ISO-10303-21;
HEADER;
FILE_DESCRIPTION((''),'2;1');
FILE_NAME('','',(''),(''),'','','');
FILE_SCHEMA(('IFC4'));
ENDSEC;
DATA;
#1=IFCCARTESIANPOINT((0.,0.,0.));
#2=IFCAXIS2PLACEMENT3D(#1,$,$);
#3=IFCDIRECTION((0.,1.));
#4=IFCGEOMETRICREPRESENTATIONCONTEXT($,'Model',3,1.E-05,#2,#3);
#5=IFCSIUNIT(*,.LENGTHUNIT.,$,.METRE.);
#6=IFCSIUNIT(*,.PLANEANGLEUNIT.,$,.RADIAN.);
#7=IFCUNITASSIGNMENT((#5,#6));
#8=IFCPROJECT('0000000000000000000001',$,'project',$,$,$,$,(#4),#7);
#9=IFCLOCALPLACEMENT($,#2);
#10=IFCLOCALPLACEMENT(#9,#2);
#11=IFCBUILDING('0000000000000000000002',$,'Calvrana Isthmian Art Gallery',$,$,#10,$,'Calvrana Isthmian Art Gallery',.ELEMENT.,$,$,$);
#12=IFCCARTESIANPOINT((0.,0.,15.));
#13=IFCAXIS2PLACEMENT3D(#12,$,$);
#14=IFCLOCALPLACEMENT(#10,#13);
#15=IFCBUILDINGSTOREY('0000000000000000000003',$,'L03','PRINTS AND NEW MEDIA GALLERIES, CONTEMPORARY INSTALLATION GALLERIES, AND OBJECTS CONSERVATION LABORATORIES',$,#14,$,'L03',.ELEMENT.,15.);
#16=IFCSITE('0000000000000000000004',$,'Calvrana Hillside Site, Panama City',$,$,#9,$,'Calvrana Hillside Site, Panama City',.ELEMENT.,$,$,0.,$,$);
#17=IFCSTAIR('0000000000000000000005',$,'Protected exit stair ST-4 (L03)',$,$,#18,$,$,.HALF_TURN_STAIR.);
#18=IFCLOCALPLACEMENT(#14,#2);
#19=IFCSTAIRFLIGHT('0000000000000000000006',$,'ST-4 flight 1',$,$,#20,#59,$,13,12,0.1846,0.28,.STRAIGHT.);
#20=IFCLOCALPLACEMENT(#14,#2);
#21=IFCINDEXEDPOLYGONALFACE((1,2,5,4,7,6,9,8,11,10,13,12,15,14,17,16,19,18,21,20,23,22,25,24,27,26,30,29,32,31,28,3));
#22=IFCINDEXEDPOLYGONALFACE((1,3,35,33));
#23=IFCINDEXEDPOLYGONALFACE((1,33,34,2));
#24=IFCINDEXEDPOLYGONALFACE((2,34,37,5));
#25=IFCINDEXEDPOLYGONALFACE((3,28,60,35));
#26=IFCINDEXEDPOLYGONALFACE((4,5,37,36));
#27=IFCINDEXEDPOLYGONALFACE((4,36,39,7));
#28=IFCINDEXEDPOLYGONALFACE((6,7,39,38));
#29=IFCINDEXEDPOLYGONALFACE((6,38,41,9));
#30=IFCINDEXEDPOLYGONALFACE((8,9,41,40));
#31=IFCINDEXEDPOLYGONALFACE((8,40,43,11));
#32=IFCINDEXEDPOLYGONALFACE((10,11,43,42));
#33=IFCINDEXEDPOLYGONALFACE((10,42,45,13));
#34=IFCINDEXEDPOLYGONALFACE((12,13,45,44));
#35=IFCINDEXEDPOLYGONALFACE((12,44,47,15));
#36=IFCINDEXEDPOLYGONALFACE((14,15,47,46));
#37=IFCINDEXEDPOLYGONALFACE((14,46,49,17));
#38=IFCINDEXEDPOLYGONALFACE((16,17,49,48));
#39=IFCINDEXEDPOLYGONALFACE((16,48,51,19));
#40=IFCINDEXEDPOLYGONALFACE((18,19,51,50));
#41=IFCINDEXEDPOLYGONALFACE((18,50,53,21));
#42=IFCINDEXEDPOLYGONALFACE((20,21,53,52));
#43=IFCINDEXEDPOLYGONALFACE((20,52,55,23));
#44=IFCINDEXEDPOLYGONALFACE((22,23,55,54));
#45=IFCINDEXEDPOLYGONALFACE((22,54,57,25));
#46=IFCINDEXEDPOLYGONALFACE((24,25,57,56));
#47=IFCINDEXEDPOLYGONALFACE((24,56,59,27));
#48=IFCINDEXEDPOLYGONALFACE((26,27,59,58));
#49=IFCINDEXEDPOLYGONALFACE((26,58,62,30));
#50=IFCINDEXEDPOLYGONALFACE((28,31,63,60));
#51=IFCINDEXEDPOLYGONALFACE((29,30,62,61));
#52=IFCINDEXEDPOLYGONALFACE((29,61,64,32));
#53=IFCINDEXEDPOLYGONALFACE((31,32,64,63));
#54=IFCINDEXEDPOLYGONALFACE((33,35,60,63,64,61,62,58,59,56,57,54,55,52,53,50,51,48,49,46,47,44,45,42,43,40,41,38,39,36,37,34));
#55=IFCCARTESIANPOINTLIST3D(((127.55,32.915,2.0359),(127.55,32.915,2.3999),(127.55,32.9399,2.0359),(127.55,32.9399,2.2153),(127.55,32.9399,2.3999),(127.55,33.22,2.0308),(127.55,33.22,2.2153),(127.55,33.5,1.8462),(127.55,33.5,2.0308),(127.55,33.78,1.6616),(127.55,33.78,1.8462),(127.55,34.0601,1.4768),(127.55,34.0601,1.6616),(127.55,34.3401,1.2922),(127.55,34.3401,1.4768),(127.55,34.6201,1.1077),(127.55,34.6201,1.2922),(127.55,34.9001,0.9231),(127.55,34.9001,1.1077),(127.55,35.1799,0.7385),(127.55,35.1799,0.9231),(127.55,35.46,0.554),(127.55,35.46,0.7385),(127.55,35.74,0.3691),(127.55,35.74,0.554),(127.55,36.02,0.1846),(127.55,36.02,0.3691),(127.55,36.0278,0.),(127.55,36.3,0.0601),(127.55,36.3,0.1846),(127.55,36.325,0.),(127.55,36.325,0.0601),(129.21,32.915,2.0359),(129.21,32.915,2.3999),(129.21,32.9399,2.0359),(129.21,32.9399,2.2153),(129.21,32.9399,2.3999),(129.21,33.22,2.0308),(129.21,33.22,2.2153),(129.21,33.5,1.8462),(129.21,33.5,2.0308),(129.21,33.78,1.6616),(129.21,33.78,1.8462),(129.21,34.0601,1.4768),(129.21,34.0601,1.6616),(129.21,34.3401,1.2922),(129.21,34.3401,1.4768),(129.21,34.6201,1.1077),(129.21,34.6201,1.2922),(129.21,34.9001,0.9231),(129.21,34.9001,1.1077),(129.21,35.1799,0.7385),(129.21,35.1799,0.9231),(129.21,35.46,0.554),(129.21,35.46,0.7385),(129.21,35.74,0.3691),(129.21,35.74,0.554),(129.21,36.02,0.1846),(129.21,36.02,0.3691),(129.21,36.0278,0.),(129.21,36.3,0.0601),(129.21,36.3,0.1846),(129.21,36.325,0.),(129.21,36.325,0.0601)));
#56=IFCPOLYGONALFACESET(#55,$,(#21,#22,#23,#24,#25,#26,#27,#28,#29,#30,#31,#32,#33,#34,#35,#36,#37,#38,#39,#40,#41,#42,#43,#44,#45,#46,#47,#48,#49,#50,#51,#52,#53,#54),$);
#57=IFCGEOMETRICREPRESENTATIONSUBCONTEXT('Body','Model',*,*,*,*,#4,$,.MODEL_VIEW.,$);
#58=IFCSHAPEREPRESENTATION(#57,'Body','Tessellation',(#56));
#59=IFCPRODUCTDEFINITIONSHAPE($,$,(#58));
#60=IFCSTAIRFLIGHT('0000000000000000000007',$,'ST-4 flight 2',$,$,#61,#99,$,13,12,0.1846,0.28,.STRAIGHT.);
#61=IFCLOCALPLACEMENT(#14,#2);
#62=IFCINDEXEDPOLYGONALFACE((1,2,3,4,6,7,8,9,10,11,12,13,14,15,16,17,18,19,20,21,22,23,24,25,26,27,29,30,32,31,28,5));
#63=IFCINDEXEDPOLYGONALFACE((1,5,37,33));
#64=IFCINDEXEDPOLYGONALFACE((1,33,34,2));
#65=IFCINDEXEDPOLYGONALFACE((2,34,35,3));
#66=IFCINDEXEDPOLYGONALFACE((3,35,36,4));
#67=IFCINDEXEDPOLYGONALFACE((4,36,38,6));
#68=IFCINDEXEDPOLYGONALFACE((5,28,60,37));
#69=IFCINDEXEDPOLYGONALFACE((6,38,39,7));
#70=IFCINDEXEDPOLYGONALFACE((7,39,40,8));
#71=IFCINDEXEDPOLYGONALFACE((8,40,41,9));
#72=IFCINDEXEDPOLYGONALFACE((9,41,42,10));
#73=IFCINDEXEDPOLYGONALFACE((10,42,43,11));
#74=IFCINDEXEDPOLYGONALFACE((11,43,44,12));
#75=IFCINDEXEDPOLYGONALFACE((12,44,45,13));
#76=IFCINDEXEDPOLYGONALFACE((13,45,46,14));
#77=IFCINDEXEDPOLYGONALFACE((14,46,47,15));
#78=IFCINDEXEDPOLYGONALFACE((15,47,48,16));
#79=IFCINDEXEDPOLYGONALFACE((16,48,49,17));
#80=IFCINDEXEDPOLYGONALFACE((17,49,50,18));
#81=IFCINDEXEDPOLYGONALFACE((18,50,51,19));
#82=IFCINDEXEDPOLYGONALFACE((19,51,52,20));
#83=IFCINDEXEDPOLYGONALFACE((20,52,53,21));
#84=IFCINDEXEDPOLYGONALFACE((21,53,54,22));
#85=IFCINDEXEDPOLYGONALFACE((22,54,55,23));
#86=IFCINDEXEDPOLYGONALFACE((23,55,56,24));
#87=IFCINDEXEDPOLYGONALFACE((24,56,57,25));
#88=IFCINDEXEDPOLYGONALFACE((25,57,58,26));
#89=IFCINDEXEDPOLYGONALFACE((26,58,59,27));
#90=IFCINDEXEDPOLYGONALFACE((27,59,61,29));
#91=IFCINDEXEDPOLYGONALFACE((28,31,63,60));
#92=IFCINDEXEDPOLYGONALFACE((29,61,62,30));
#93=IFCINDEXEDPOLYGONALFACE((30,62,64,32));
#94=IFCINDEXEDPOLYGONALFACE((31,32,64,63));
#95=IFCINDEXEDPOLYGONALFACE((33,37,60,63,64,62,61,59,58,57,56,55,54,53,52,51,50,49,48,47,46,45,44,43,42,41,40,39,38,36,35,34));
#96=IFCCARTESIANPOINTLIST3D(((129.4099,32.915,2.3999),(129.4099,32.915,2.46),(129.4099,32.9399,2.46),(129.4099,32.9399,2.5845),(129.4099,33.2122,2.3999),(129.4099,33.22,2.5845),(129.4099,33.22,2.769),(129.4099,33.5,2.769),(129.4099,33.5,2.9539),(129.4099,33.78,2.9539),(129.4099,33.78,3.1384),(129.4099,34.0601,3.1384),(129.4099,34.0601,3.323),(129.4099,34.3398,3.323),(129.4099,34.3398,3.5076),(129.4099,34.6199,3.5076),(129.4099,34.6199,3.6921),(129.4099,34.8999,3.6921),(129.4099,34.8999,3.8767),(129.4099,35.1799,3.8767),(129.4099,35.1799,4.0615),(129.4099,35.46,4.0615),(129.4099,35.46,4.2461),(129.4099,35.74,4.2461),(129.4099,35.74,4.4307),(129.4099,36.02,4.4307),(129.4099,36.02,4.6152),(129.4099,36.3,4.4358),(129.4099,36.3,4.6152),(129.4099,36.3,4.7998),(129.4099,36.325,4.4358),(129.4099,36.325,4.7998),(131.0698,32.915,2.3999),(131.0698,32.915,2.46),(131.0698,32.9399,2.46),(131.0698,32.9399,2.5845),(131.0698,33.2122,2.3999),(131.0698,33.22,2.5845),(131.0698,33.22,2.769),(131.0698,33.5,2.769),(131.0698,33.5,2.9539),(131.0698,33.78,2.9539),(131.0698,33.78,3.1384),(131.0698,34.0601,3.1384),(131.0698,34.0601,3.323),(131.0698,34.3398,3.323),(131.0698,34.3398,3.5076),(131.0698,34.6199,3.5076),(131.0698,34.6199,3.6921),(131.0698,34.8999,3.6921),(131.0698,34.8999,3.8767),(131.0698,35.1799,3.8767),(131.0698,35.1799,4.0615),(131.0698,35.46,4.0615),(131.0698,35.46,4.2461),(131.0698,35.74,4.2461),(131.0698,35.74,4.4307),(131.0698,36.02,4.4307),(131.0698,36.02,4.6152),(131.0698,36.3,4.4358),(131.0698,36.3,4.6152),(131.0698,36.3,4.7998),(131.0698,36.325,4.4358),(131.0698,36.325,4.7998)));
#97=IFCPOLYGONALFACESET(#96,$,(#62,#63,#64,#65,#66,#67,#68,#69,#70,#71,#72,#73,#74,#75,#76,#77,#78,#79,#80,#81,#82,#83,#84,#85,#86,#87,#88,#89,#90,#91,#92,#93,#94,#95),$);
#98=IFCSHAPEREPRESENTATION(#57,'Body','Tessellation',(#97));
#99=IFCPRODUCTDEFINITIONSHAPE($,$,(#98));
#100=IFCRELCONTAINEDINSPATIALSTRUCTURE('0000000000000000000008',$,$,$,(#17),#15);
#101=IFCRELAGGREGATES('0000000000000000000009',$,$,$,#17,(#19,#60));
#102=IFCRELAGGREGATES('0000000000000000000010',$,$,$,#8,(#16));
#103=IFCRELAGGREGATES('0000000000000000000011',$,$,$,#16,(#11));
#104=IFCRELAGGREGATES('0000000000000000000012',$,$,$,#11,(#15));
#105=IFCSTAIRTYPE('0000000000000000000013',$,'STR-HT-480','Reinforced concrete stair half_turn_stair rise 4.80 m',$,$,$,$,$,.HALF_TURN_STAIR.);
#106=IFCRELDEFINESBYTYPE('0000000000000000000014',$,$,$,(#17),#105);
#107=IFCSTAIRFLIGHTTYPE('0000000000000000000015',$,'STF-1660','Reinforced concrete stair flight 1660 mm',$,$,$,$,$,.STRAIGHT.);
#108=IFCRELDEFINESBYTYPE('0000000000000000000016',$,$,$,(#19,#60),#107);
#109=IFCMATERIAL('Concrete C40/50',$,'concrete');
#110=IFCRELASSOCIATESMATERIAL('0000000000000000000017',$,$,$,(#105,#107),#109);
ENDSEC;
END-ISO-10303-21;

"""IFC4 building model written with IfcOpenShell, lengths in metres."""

from ifc_helpers import new_model, si_unit, direction, frame, origin, place, context, subcontext, project, spatial, polyline, outline, extrude, material, type_object, element, aggregate, save


model = new_model("IFC4")

# Units and contexts
model_context = context("Model", 3, precision=1e-05, world=origin(), true_north=direction((0.0, 1.0)))
body_context = subcontext(model_context, "Body", "Model", "MODEL_VIEW")
ifc_project = project(units=[si_unit("LENGTHUNIT", "METRE"), si_unit("PLANEANGLEUNIT", "RADIAN")], contexts=[model_context])

# Site, building, storey
site_placement = place(None, origin())
site = spatial("IfcSite", under=ifc_project, at=site_placement, Name="Calvrana Hillside Site, Panama City", LongName="Calvrana Hillside Site, Panama City", CompositionType="ELEMENT", RefElevation=0.0)
building_placement = place(site_placement, origin())
building = spatial("IfcBuilding", under=site, at=building_placement, Name="Calvrana Isthmian Art Gallery", LongName="Calvrana Isthmian Art Gallery", CompositionType="ELEMENT")
storey_placement = place(building_placement, frame((0.0, 0.0, 15.0)))
storey = spatial("IfcBuildingStorey", under=building, at=storey_placement, Name="L03", Description="PRINTS AND NEW MEDIA GALLERIES, CONTEMPORARY INSTALLATION GALLERIES, AND OBJECTS CONSERVATION LABORATORIES", LongName="L03", CompositionType="ELEMENT", Elevation=15.0)

# Shared definitions
ifc_material_1 = material(Name="Concrete C40/50", Category="concrete")

# Stair, stair flights
stair_type = type_object("IfcStairType", Name="STR-HT-480", Description="Reinforced concrete stair half_turn_stair rise 4.80 m", PredefinedType="HALF_TURN_STAIR", material=ifc_material_1)
stair_placement = place(storey_placement, origin())
stair = element("IfcStair", 1, at=stair_placement, inside=storey, type_object=stair_type, Name="Protected exit stair ST-4 (L03)", PredefinedType="HALF_TURN_STAIR")
stair_flight_type = type_object("IfcStairFlightType", Name="STF-1660", Description="Reinforced concrete stair flight 1660 mm", PredefinedType="STRAIGHT", material=ifc_material_1)
stair_flight_1_placement = place(storey_placement, frame((128.3799, 36.3, 0.0), z_axis=(0.0, 0.0, 1.0), x_axis=(0.0, -1.0, 0.0)))
stair_flight_1 = element("IfcStairFlight", 2, at=stair_flight_1_placement, type_object=stair_flight_type, Name="ST-4 flight 1", NumberOfRisers=13, NumberOfTreads=12, PredefinedType="STRAIGHT", RiserHeight=0.1846, TreadLength=0.28, context=body_context, shape_type="SweptSolid", body=[
    extrude(outline(polyline([(-0.0249, 0.0), (-0.0249, 0.0601), (0.0, 0.0601), (0.0, 0.1846), (0.28, 0.1846), (0.28, 0.3691), (0.5601, 0.3691), (0.5601, 0.554), (0.8401, 0.554), (0.8401, 0.7385), (1.1201, 0.7385), (1.1201, 0.9231), (1.3999, 0.9231), (1.3999, 1.1077), (1.6799, 1.1077), (1.6799, 1.2922), (1.96, 1.2922), (1.96, 1.4768), (2.24, 1.4768), (2.24, 1.6616), (2.52, 1.6616), (2.52, 1.8462), (2.8, 1.8462), (2.8, 2.0308), (3.0801, 2.0308), (3.0801, 2.2153), (3.3601, 2.2153), (3.3601, 2.3999), (3.385, 2.3999), (3.385, 2.0359), (3.3601, 2.0359), (0.2722, 0.0), (-0.0249, 0.0)])), frame((0.0, 0.8301, 0.0), z_axis=(0.0, -1.0, 0.0), x_axis=(1.0, 0.0, 0.0)), (0.0, 0.0, 1.0), 1.6599),
])
stair_flight_2_placement = place(storey_placement, frame((130.24, 32.9399, 2.3999), z_axis=(0.0, 0.0, 1.0), x_axis=(0.0, 1.0, 0.0)))
stair_flight_2 = element("IfcStairFlight", 3, at=stair_flight_2_placement, type_object=stair_flight_type, Name="ST-4 flight 2", NumberOfRisers=13, NumberOfTreads=12, PredefinedType="STRAIGHT", RiserHeight=0.1846, TreadLength=0.28, context=body_context, shape_type="SweptSolid", body=[
    extrude(outline(polyline([(-0.0249, 0.0), (-0.0249, 0.0601), (0.0, 0.0601), (0.0, 0.1846), (0.28, 0.1846), (0.28, 0.3691), (0.5601, 0.3691), (0.5601, 0.554), (0.8401, 0.554), (0.8401, 0.7385), (1.1201, 0.7385), (1.1201, 0.9231), (1.3999, 0.9231), (1.3999, 1.1077), (1.6799, 1.1077), (1.6799, 1.2922), (1.96, 1.2922), (1.96, 1.4768), (2.24, 1.4768), (2.24, 1.6616), (2.52, 1.6616), (2.52, 1.8462), (2.8, 1.8462), (2.8, 2.0308), (3.0801, 2.0308), (3.0801, 2.2153), (3.3601, 2.2153), (3.3601, 2.3999), (3.385, 2.3999), (3.385, 2.0359), (3.3601, 2.0359), (0.2722, 0.0), (-0.0249, 0.0)])), frame((0.0, 0.8301, 0.0), z_axis=(0.0, -1.0, 0.0), x_axis=(1.0, 0.0, 0.0)), (0.0, 0.0, 1.0), 1.6599),
])
aggregate(stair, [stair_flight_1, stair_flight_2])

save(model, "model.ifc")
